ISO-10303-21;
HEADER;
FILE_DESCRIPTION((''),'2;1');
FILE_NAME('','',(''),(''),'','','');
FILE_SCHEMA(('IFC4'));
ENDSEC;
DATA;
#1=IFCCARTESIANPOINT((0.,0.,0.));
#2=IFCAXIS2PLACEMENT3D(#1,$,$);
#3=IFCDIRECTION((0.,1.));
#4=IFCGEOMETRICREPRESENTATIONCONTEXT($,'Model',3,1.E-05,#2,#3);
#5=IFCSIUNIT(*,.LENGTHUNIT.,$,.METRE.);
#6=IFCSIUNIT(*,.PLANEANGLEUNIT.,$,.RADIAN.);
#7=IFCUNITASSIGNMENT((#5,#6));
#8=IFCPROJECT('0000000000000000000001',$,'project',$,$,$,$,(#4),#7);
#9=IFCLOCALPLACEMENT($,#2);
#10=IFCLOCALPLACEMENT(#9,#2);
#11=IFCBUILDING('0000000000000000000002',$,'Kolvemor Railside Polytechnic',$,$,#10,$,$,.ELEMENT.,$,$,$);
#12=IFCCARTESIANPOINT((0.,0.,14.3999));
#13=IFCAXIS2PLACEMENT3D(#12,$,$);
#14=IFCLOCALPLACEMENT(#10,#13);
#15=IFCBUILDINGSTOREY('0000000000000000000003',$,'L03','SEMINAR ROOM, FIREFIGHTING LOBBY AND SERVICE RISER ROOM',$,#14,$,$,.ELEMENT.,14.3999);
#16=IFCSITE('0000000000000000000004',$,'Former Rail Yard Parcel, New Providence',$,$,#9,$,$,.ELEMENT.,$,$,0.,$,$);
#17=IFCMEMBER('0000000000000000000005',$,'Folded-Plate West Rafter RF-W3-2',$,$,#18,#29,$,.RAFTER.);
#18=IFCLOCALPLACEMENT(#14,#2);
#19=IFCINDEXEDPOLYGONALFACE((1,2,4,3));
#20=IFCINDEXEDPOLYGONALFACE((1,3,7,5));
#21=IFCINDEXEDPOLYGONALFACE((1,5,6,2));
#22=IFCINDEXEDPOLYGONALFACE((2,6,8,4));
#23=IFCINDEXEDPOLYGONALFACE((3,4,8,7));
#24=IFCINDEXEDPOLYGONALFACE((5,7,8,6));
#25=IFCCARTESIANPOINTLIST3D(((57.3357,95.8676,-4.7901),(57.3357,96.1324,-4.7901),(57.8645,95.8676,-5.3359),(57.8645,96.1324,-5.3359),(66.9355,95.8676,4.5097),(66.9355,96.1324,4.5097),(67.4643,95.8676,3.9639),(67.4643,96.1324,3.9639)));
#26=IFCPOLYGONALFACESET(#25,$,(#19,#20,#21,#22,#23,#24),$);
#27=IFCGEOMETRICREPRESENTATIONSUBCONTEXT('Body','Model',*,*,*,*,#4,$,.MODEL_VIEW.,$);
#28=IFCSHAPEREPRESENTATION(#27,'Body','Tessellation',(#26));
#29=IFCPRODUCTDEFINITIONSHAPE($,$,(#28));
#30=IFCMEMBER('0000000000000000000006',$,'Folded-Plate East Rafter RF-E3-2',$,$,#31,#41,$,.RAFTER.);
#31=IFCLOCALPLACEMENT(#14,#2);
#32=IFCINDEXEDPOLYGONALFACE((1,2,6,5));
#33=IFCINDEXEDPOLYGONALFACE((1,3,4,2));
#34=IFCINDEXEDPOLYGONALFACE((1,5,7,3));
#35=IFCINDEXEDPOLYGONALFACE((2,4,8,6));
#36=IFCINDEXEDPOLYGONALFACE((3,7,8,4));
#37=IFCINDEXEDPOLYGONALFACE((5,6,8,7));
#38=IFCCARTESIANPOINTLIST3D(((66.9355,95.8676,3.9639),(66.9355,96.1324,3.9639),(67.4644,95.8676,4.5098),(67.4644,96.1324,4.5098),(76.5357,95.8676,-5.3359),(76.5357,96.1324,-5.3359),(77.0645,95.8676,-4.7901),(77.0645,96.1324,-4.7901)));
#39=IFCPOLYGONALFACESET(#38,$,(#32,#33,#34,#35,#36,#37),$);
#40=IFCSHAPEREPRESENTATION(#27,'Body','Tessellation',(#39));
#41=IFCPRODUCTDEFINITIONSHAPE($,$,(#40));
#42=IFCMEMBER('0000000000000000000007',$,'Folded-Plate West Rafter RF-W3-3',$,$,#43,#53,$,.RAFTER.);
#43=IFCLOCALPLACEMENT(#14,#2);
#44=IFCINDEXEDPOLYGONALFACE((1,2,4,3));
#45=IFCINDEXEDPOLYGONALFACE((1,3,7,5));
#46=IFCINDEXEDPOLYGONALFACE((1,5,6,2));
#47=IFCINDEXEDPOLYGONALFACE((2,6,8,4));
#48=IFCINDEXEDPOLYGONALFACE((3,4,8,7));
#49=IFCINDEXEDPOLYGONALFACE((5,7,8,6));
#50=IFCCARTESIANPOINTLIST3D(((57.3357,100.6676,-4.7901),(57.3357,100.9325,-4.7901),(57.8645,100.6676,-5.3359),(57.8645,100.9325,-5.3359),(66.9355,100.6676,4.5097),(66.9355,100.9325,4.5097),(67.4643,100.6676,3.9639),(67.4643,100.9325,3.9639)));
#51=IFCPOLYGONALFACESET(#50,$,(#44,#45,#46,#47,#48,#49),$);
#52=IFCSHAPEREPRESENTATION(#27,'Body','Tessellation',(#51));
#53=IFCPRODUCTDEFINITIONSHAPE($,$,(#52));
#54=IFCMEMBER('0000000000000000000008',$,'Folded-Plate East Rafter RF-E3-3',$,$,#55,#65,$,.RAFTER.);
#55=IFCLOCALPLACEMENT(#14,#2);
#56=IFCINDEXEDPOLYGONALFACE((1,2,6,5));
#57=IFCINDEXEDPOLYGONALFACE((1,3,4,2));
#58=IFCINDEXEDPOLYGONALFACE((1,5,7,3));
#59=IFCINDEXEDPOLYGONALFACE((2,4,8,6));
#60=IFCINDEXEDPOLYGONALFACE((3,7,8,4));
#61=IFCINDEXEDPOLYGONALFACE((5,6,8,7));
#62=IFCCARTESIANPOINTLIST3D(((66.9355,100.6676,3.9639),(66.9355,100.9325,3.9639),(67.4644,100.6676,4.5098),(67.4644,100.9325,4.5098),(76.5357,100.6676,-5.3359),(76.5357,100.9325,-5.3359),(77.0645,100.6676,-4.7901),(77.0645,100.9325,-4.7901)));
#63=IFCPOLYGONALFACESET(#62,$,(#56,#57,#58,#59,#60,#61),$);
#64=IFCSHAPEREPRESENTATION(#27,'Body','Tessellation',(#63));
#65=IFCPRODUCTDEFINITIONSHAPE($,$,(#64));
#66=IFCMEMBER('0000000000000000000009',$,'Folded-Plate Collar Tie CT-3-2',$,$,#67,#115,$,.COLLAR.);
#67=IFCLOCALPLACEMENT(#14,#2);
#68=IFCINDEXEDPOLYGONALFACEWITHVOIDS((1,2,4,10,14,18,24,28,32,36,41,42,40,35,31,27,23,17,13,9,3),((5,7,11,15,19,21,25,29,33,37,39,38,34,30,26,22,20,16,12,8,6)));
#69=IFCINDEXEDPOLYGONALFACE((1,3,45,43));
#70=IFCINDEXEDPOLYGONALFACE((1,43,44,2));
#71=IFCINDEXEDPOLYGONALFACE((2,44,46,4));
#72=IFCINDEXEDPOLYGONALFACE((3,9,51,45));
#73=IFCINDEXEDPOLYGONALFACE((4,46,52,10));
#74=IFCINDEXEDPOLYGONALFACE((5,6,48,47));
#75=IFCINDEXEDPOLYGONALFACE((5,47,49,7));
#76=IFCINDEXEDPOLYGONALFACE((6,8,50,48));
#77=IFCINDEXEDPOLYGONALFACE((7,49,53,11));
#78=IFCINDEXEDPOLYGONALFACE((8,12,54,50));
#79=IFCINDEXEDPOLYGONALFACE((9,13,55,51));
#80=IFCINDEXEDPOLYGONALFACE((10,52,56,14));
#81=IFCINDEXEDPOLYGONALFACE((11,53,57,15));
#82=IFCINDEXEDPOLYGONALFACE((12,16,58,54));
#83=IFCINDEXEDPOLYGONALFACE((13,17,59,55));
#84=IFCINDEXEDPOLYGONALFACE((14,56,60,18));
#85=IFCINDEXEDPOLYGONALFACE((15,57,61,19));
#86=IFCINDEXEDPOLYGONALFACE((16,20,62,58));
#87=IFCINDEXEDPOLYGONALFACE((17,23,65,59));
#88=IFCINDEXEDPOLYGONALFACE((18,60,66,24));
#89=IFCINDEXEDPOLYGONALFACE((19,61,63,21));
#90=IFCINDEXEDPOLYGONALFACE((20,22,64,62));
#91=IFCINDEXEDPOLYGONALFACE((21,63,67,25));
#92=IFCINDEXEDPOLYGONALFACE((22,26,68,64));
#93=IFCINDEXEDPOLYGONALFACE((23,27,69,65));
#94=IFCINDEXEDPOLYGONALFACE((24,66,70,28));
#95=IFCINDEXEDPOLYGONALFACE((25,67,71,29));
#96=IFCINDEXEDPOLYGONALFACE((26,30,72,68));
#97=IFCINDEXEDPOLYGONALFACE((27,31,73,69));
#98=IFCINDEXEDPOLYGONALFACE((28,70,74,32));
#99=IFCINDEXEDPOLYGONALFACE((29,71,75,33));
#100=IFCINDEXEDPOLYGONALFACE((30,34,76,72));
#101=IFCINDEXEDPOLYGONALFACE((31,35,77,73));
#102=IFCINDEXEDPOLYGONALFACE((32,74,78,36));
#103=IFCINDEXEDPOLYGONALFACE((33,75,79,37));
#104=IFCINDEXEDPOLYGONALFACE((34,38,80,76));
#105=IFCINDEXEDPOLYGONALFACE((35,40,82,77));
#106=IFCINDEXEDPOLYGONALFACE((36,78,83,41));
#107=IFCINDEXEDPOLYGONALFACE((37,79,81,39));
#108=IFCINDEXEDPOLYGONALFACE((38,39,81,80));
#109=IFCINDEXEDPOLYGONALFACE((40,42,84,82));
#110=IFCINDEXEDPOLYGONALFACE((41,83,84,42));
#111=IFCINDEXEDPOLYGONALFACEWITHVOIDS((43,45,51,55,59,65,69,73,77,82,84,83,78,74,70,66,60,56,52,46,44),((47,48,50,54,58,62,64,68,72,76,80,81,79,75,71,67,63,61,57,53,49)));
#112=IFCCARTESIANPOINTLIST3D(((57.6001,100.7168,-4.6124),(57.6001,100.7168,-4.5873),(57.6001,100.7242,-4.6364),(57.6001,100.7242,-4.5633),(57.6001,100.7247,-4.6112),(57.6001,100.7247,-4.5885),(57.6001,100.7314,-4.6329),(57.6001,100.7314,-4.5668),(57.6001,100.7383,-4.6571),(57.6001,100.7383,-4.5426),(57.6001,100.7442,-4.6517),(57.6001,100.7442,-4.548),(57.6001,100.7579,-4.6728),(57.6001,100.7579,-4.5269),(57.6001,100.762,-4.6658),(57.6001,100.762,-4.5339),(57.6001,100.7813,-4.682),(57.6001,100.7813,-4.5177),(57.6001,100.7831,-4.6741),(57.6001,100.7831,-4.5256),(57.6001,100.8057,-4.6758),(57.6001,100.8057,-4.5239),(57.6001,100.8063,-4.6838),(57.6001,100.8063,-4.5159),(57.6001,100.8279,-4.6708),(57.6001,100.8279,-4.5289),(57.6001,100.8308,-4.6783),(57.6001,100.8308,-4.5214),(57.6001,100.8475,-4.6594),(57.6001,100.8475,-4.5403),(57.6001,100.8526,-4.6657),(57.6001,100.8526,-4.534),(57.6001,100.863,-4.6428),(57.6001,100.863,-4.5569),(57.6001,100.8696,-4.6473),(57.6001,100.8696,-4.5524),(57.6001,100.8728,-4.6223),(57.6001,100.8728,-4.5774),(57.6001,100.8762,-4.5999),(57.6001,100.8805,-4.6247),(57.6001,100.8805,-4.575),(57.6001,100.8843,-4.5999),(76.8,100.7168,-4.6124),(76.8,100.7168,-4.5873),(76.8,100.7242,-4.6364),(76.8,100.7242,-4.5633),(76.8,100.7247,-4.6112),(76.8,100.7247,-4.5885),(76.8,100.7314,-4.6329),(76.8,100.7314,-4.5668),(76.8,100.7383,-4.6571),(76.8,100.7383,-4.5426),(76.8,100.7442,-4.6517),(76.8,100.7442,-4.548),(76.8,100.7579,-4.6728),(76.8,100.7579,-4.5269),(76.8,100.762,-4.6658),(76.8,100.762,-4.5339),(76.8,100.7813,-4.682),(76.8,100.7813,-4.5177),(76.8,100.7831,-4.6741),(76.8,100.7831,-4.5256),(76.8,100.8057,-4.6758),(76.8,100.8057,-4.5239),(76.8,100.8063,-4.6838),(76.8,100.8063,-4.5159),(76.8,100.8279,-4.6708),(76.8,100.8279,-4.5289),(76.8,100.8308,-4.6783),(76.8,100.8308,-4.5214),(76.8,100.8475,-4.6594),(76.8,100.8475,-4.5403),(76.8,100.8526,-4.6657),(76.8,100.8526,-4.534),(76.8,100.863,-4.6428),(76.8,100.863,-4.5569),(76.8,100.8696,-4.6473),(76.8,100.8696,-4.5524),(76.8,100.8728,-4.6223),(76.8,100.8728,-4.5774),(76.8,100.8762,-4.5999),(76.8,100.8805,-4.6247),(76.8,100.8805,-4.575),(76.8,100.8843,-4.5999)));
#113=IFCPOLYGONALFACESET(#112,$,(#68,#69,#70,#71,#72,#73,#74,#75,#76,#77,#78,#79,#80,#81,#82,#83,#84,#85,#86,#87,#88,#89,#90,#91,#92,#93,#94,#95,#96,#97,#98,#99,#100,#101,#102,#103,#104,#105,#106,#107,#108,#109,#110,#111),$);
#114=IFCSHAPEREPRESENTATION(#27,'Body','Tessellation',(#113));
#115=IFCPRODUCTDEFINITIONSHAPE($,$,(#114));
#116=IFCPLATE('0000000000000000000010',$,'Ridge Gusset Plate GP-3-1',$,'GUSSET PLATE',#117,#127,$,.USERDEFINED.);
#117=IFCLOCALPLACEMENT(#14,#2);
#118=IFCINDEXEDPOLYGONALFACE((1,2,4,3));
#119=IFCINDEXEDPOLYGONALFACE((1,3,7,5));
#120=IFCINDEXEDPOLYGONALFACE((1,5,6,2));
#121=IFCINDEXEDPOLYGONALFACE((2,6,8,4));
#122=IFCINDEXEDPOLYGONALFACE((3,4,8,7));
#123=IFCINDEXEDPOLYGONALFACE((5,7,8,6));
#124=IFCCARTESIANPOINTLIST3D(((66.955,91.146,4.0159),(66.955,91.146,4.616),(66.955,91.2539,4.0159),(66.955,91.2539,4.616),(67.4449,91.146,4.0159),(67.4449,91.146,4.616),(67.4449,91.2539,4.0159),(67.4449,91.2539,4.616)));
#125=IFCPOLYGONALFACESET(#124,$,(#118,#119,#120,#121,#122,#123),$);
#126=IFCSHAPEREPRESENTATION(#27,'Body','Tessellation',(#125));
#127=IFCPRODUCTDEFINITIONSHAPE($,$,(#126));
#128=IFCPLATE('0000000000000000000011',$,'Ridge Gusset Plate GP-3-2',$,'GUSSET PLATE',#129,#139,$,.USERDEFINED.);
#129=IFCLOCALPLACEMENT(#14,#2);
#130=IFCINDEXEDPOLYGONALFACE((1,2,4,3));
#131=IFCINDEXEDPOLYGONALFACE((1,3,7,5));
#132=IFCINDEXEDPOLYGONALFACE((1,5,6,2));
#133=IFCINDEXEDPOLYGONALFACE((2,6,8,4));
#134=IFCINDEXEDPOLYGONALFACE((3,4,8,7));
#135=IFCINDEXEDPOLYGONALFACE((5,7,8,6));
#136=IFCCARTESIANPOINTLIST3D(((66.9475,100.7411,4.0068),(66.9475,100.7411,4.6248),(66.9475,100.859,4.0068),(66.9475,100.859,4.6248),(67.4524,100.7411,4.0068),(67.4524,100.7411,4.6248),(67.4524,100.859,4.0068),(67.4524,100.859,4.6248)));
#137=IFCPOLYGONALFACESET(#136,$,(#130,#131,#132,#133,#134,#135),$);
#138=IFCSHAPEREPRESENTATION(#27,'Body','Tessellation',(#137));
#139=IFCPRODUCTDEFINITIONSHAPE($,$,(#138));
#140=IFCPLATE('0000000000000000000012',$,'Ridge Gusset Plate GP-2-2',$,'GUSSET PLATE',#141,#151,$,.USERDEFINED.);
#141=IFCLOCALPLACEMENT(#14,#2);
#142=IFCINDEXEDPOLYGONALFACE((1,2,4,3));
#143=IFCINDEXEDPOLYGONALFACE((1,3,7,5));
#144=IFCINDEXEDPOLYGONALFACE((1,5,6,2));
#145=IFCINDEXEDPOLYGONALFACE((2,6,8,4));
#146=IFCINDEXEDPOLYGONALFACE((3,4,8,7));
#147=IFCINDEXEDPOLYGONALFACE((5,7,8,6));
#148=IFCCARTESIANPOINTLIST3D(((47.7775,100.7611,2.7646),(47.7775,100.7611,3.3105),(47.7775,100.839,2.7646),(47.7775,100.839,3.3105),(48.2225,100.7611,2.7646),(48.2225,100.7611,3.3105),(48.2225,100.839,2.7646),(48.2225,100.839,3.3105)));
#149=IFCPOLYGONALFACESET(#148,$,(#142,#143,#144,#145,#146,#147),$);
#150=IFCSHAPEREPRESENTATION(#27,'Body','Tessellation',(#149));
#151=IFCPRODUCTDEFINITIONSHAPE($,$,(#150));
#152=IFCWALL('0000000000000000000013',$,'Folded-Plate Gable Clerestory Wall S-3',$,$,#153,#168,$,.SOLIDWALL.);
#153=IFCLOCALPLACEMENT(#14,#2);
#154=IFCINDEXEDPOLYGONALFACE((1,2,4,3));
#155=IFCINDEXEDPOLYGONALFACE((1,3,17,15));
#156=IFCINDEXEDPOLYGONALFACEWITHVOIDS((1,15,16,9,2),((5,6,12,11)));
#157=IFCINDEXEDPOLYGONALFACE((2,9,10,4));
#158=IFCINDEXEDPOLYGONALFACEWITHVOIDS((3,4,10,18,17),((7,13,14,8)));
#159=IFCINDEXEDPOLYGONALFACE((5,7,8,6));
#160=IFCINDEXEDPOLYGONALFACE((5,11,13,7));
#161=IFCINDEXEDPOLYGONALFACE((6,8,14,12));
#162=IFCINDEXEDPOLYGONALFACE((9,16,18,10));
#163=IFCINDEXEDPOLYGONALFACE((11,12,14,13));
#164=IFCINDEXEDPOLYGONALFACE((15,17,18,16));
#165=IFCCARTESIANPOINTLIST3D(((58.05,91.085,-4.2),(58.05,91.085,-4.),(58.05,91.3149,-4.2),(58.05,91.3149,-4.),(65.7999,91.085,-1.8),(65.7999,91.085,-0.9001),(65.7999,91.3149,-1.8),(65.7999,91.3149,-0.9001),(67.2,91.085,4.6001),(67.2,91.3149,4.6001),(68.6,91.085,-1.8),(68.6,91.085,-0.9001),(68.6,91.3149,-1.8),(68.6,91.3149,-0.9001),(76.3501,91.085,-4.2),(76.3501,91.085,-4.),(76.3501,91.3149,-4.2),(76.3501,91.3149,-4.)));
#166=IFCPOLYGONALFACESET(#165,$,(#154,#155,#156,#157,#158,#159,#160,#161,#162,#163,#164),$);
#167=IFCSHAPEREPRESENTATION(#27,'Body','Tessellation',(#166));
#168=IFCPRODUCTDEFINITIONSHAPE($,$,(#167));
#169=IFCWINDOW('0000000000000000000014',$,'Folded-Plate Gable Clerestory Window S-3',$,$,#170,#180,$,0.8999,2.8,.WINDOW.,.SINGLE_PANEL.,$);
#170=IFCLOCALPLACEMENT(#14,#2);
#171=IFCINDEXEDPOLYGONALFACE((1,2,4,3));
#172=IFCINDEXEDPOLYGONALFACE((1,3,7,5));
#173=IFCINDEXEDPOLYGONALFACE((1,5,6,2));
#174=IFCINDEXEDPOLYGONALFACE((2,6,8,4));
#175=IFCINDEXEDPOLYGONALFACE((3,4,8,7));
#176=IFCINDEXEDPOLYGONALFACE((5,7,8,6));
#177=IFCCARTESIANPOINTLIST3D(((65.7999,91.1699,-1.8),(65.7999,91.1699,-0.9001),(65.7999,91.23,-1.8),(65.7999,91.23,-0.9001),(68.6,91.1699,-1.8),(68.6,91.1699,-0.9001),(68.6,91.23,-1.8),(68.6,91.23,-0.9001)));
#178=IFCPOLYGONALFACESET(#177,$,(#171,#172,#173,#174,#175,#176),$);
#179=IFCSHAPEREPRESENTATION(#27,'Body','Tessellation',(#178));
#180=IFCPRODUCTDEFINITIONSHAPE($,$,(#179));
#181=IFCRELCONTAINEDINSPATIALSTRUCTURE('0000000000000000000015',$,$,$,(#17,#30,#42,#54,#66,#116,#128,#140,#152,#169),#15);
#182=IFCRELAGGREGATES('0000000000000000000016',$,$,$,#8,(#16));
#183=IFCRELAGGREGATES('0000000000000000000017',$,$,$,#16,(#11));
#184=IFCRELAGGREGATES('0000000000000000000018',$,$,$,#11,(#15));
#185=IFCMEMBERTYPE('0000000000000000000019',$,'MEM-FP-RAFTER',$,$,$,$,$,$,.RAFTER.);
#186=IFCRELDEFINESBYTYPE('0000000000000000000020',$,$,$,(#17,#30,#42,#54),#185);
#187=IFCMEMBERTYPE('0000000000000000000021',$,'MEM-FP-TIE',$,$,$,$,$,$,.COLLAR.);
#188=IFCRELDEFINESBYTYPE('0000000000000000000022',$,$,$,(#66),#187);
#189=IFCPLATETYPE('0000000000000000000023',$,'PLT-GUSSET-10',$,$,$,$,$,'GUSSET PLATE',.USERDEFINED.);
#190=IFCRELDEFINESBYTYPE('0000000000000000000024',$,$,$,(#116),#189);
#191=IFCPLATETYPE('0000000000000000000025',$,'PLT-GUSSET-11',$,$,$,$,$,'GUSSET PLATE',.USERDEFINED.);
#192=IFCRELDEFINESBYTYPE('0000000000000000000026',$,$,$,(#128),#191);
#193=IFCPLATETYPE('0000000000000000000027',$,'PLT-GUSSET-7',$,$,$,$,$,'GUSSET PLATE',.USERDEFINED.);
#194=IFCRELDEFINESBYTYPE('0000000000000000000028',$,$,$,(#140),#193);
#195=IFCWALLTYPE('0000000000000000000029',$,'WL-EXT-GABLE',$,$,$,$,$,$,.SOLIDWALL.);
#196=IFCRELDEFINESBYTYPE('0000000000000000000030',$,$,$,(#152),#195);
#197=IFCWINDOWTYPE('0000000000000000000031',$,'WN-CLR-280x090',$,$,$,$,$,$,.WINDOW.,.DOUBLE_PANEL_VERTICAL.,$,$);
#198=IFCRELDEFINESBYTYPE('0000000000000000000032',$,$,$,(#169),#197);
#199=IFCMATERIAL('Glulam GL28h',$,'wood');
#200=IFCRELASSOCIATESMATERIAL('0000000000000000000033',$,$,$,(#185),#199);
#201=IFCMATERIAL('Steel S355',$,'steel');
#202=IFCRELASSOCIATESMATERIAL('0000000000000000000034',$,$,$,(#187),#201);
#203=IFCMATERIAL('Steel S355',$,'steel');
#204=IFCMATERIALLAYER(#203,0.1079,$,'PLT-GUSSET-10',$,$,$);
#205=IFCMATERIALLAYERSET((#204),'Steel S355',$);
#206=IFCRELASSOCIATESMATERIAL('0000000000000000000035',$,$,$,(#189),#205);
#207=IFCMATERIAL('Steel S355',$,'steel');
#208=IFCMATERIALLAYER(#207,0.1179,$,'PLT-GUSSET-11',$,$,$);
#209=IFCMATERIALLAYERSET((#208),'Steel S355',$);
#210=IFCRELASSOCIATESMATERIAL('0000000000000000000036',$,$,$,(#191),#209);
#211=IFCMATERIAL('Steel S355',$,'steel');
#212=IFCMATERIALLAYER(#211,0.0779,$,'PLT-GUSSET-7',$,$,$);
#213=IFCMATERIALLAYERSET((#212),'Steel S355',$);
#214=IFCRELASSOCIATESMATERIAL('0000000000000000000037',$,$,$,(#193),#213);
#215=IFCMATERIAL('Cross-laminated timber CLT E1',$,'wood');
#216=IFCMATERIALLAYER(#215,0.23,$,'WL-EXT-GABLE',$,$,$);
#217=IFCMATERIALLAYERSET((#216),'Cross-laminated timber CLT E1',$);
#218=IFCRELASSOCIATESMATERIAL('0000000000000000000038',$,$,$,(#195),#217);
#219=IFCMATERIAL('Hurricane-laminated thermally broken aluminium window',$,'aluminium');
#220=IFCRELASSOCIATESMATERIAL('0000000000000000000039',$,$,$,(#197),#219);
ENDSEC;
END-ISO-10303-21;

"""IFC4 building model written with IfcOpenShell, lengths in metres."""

from ifc_helpers import new_model, si_unit, direction, frame, frame_2d, origin, origin_2d, place, context, subcontext, project, spatial, polyline, rectangle, hollow_circle, outline, extrude, material, layer, layer_set, material_profile, profile_set, type_object, element, fill, save


model = new_model("IFC4")

# Units and contexts
model_context = context("Model", 3, precision=1e-05, world=origin(), true_north=direction((0.0, 1.0)))
body_context = subcontext(model_context, "Body", "Model", "MODEL_VIEW")
ifc_project = project(units=[si_unit("LENGTHUNIT", "METRE"), si_unit("PLANEANGLEUNIT", "RADIAN")], contexts=[model_context])

# Site, building, storey
site_placement = place(None, origin())
site = spatial("IfcSite", under=ifc_project, at=site_placement, Name="Former Rail Yard Parcel, New Providence", CompositionType="ELEMENT", RefElevation=0.0)
building_placement = place(site_placement, origin())
building = spatial("IfcBuilding", under=site, at=building_placement, Name="Kolvemor Railside Polytechnic", CompositionType="ELEMENT")
storey_placement = place(building_placement, frame((0.0, 0.0, 14.3999)))
storey = spatial("IfcBuildingStorey", under=building, at=storey_placement, Name="L03", Description="SEMINAR ROOM, FIREFIGHTING LOBBY AND SERVICE RISER ROOM", CompositionType="ELEMENT", Elevation=14.3999)

# Members
ifc_material_1 = material(Name="Glulam GL28h", Category="wood")
ifc_material_profile_1 = material_profile(ifc_material_1, rectangle(XDim=0.2649, YDim=0.76, at=origin_2d()), Name="GL265x760")
ifc_profile_set_1 = profile_set([ifc_material_profile_1], Name="Glulam GL28h")
member_type_1 = type_object("IfcMemberType", Name="MEM-FP-RAFTER", PredefinedType="RAFTER", material=ifc_profile_set_1)
member_1_placement = place(storey_placement, frame((57.6001, 96.0, -5.063), z_axis=(0.718242, 0.0, 0.695793), x_axis=(0.0, 1.0, 0.0)))
element("IfcMember", 1, at=member_1_placement, inside=storey, type_object=member_type_1, Name="Folded-Plate West Rafter RF-W3-2", PredefinedType="RAFTER", context=body_context, shape_type="SweptSolid", body=[
    extrude(rectangle(XDim=0.2649, YDim=0.76, at=origin_2d()), origin(), (0.0, 0.0, 1.0), 13.3657),
])
member_2_placement = place(storey_placement, frame((67.2, 96.0, 4.2368), z_axis=(0.718251, 0.0, -0.695784), x_axis=(0.0, 1.0, 0.0)))
element("IfcMember", 2, at=member_2_placement, inside=storey, type_object=member_type_1, Name="Folded-Plate East Rafter RF-E3-2", PredefinedType="RAFTER", context=body_context, shape_type="SweptSolid", body=[
    extrude(rectangle(XDim=0.2649, YDim=0.76, at=origin_2d()), origin(), (0.0, 0.0, 1.0), 13.366),
])
member_3_placement = place(storey_placement, frame((57.6001, 100.8, -5.063), z_axis=(0.718242, 0.0, 0.695793), x_axis=(0.0, 1.0, 0.0)))
element("IfcMember", 3, at=member_3_placement, inside=storey, type_object=member_type_1, Name="Folded-Plate West Rafter RF-W3-3", PredefinedType="RAFTER", context=body_context, shape_type="SweptSolid", body=[
    extrude(rectangle(XDim=0.2649, YDim=0.76, at=origin_2d()), origin(), (0.0, 0.0, 1.0), 13.3657),
])
member_4_placement = place(storey_placement, frame((67.2, 100.8, 4.2368), z_axis=(0.718251, 0.0, -0.695784), x_axis=(0.0, 1.0, 0.0)))
element("IfcMember", 4, at=member_4_placement, inside=storey, type_object=member_type_1, Name="Folded-Plate East Rafter RF-E3-3", PredefinedType="RAFTER", context=body_context, shape_type="SweptSolid", body=[
    extrude(rectangle(XDim=0.2649, YDim=0.76, at=origin_2d()), origin(), (0.0, 0.0, 1.0), 13.366),
])
ifc_material_2 = material(Name="Steel S355", Category="steel")
ifc_material_profile_2 = material_profile(ifc_material_2, hollow_circle(Radius=0.0842, WallThickness=0.0081, at=origin_2d()), Name="CHS168.3x8")
ifc_profile_set_2 = profile_set([ifc_material_profile_2], Name="Steel S355")
member_type_2 = type_object("IfcMemberType", Name="MEM-FP-TIE", PredefinedType="COLLAR", material=ifc_profile_set_2)
member_5_placement = place(storey_placement, frame((57.6001, 100.8, -4.5999), z_axis=(1.0, 0.0, 0.0), x_axis=(0.0, 1.0, 0.0)))
element("IfcMember", 5, at=member_5_placement, inside=storey, type_object=member_type_2, Name="Folded-Plate Collar Tie CT-3-2", PredefinedType="COLLAR", context=body_context, shape_type="SweptSolid", body=[
    extrude(hollow_circle(Radius=0.0842, WallThickness=0.0081, at=origin_2d()), origin(), (0.0, 0.0, 1.0), 19.2),
])

# Plates
ifc_material_3 = material(Name="Steel S355", Category="steel")
ifc_layer_1 = layer(ifc_material_3, 0.1079, Name="PLT-GUSSET-10")
ifc_layer_set_1 = layer_set([ifc_layer_1], Name="Steel S355")
plate_type_1 = type_object("IfcPlateType", Name="PLT-GUSSET-10", ElementType="GUSSET PLATE", PredefinedType="USERDEFINED", material=ifc_layer_set_1)
plate_1_placement = place(storey_placement, frame((67.2, 91.2, 4.0159), z_axis=(0.0, 0.0, 1.0), x_axis=(1.0, 0.0, 0.0)))
element("IfcPlate", 6, at=plate_1_placement, inside=storey, type_object=plate_type_1, Name="Ridge Gusset Plate GP-3-1", ObjectType="GUSSET PLATE", PredefinedType="USERDEFINED", context=body_context, shape_type="SweptSolid", body=[
    extrude(rectangle(XDim=0.49, YDim=0.1079, at=origin_2d()), origin(), (0.0, 0.0, 1.0), 0.6001),
])
ifc_material_4 = material(Name="Steel S355", Category="steel")
ifc_layer_2 = layer(ifc_material_4, 0.1179, Name="PLT-GUSSET-11")
ifc_layer_set_2 = layer_set([ifc_layer_2], Name="Steel S355")
plate_type_2 = type_object("IfcPlateType", Name="PLT-GUSSET-11", ElementType="GUSSET PLATE", PredefinedType="USERDEFINED", material=ifc_layer_set_2)
plate_2_placement = place(storey_placement, frame((67.2, 100.8, 4.0068), z_axis=(0.0, 0.0, 1.0), x_axis=(1.0, 0.0, 0.0)))
element("IfcPlate", 7, at=plate_2_placement, inside=storey, type_object=plate_type_2, Name="Ridge Gusset Plate GP-3-2", ObjectType="GUSSET PLATE", PredefinedType="USERDEFINED", context=body_context, shape_type="SweptSolid", body=[
    extrude(rectangle(XDim=0.5049, YDim=0.1179, at=origin_2d()), origin(), (0.0, 0.0, 1.0), 0.6179),
])
ifc_material_5 = material(Name="Steel S355", Category="steel")
ifc_layer_3 = layer(ifc_material_5, 0.0779, Name="PLT-GUSSET-7")
ifc_layer_set_3 = layer_set([ifc_layer_3], Name="Steel S355")
plate_type_3 = type_object("IfcPlateType", Name="PLT-GUSSET-7", ElementType="GUSSET PLATE", PredefinedType="USERDEFINED", material=ifc_layer_set_3)
plate_3_placement = place(storey_placement, frame((48.0, 100.8, 2.7646), z_axis=(0.0, 0.0, 1.0), x_axis=(1.0, 0.0, 0.0)))
element("IfcPlate", 8, at=plate_3_placement, inside=storey, type_object=plate_type_3, Name="Ridge Gusset Plate GP-2-2", ObjectType="GUSSET PLATE", PredefinedType="USERDEFINED", context=body_context, shape_type="SweptSolid", body=[
    extrude(rectangle(XDim=0.4451, YDim=0.0779, at=origin_2d()), origin(), (0.0, 0.0, 1.0), 0.5459),
])

# Wall, opening, window
ifc_material_6 = material(Name="Cross-laminated timber CLT E1", Category="wood")
ifc_layer_4 = layer(ifc_material_6, 0.23, Name="WL-EXT-GABLE")
ifc_layer_set_4 = layer_set([ifc_layer_4], Name="Cross-laminated timber CLT E1")
wall_type = type_object("IfcWallType", Name="WL-EXT-GABLE", PredefinedType="SOLIDWALL", material=ifc_layer_set_4)
wall_placement = place(storey_placement, frame((58.05, 91.2, -4.2), z_axis=(0.0, 0.0, 1.0), x_axis=(1.0, 0.0, 0.0)))
wall = element("IfcWall", 9, at=wall_placement, inside=storey, type_object=wall_type, Name="Folded-Plate Gable Clerestory Wall S-3", PredefinedType="SOLIDWALL", context=body_context, shape_type="SweptSolid", body=[
    extrude(outline(polyline([(0.0, 0.0), (18.3, 0.0), (18.3, 0.2), (9.1499, 8.8), (0.0, 0.2), (0.0, 0.0)])), frame((0.0, 0.115, 0.0), z_axis=(0.0, -1.0, 0.0), x_axis=(1.0, 0.0, 0.0)), (0.0, 0.0, 1.0), 0.23),
])
opening_placement = place(wall_placement, frame((7.75, 0.0, 2.3999)))
opening = element("IfcOpeningElement", 10, at=opening_placement, cuts=wall, PredefinedType="OPENING", context=body_context, shape_type="SweptSolid", body=[
    extrude(rectangle(XDim=2.8, YDim=0.8999, at=frame_2d((1.3999, 0.45))), frame((0.0, 0.125, 0.0), z_axis=(0.0, -1.0, 0.0), x_axis=(1.0, 0.0, 0.0)), (0.0, 0.0, 1.0), 0.25),
])
ifc_material_7 = material(Name="Hurricane-laminated thermally broken aluminium window", Category="aluminium")
window_type = type_object("IfcWindowType", Name="WN-CLR-280x090", PartitioningType="DOUBLE_PANEL_VERTICAL", PredefinedType="WINDOW", material=ifc_material_7)
window_placement = place(opening_placement, origin())
window = element("IfcWindow", 11, at=window_placement, inside=storey, type_object=window_type, Name="Folded-Plate Gable Clerestory Window S-3", OverallHeight=0.8999, OverallWidth=2.8, PartitioningType="SINGLE_PANEL", PredefinedType="WINDOW", context=body_context, shape_type="SweptSolid", body=[
    extrude(rectangle(XDim=2.8, YDim=0.8999, at=frame_2d((1.3999, 0.45))), frame((0.0, 0.03, 0.0), z_axis=(0.0, -1.0, 0.0), x_axis=(1.0, 0.0, 0.0)), (0.0, 0.0, 1.0), 0.0601),
])
fill(opening, window)

save(model, "model.ifc")
